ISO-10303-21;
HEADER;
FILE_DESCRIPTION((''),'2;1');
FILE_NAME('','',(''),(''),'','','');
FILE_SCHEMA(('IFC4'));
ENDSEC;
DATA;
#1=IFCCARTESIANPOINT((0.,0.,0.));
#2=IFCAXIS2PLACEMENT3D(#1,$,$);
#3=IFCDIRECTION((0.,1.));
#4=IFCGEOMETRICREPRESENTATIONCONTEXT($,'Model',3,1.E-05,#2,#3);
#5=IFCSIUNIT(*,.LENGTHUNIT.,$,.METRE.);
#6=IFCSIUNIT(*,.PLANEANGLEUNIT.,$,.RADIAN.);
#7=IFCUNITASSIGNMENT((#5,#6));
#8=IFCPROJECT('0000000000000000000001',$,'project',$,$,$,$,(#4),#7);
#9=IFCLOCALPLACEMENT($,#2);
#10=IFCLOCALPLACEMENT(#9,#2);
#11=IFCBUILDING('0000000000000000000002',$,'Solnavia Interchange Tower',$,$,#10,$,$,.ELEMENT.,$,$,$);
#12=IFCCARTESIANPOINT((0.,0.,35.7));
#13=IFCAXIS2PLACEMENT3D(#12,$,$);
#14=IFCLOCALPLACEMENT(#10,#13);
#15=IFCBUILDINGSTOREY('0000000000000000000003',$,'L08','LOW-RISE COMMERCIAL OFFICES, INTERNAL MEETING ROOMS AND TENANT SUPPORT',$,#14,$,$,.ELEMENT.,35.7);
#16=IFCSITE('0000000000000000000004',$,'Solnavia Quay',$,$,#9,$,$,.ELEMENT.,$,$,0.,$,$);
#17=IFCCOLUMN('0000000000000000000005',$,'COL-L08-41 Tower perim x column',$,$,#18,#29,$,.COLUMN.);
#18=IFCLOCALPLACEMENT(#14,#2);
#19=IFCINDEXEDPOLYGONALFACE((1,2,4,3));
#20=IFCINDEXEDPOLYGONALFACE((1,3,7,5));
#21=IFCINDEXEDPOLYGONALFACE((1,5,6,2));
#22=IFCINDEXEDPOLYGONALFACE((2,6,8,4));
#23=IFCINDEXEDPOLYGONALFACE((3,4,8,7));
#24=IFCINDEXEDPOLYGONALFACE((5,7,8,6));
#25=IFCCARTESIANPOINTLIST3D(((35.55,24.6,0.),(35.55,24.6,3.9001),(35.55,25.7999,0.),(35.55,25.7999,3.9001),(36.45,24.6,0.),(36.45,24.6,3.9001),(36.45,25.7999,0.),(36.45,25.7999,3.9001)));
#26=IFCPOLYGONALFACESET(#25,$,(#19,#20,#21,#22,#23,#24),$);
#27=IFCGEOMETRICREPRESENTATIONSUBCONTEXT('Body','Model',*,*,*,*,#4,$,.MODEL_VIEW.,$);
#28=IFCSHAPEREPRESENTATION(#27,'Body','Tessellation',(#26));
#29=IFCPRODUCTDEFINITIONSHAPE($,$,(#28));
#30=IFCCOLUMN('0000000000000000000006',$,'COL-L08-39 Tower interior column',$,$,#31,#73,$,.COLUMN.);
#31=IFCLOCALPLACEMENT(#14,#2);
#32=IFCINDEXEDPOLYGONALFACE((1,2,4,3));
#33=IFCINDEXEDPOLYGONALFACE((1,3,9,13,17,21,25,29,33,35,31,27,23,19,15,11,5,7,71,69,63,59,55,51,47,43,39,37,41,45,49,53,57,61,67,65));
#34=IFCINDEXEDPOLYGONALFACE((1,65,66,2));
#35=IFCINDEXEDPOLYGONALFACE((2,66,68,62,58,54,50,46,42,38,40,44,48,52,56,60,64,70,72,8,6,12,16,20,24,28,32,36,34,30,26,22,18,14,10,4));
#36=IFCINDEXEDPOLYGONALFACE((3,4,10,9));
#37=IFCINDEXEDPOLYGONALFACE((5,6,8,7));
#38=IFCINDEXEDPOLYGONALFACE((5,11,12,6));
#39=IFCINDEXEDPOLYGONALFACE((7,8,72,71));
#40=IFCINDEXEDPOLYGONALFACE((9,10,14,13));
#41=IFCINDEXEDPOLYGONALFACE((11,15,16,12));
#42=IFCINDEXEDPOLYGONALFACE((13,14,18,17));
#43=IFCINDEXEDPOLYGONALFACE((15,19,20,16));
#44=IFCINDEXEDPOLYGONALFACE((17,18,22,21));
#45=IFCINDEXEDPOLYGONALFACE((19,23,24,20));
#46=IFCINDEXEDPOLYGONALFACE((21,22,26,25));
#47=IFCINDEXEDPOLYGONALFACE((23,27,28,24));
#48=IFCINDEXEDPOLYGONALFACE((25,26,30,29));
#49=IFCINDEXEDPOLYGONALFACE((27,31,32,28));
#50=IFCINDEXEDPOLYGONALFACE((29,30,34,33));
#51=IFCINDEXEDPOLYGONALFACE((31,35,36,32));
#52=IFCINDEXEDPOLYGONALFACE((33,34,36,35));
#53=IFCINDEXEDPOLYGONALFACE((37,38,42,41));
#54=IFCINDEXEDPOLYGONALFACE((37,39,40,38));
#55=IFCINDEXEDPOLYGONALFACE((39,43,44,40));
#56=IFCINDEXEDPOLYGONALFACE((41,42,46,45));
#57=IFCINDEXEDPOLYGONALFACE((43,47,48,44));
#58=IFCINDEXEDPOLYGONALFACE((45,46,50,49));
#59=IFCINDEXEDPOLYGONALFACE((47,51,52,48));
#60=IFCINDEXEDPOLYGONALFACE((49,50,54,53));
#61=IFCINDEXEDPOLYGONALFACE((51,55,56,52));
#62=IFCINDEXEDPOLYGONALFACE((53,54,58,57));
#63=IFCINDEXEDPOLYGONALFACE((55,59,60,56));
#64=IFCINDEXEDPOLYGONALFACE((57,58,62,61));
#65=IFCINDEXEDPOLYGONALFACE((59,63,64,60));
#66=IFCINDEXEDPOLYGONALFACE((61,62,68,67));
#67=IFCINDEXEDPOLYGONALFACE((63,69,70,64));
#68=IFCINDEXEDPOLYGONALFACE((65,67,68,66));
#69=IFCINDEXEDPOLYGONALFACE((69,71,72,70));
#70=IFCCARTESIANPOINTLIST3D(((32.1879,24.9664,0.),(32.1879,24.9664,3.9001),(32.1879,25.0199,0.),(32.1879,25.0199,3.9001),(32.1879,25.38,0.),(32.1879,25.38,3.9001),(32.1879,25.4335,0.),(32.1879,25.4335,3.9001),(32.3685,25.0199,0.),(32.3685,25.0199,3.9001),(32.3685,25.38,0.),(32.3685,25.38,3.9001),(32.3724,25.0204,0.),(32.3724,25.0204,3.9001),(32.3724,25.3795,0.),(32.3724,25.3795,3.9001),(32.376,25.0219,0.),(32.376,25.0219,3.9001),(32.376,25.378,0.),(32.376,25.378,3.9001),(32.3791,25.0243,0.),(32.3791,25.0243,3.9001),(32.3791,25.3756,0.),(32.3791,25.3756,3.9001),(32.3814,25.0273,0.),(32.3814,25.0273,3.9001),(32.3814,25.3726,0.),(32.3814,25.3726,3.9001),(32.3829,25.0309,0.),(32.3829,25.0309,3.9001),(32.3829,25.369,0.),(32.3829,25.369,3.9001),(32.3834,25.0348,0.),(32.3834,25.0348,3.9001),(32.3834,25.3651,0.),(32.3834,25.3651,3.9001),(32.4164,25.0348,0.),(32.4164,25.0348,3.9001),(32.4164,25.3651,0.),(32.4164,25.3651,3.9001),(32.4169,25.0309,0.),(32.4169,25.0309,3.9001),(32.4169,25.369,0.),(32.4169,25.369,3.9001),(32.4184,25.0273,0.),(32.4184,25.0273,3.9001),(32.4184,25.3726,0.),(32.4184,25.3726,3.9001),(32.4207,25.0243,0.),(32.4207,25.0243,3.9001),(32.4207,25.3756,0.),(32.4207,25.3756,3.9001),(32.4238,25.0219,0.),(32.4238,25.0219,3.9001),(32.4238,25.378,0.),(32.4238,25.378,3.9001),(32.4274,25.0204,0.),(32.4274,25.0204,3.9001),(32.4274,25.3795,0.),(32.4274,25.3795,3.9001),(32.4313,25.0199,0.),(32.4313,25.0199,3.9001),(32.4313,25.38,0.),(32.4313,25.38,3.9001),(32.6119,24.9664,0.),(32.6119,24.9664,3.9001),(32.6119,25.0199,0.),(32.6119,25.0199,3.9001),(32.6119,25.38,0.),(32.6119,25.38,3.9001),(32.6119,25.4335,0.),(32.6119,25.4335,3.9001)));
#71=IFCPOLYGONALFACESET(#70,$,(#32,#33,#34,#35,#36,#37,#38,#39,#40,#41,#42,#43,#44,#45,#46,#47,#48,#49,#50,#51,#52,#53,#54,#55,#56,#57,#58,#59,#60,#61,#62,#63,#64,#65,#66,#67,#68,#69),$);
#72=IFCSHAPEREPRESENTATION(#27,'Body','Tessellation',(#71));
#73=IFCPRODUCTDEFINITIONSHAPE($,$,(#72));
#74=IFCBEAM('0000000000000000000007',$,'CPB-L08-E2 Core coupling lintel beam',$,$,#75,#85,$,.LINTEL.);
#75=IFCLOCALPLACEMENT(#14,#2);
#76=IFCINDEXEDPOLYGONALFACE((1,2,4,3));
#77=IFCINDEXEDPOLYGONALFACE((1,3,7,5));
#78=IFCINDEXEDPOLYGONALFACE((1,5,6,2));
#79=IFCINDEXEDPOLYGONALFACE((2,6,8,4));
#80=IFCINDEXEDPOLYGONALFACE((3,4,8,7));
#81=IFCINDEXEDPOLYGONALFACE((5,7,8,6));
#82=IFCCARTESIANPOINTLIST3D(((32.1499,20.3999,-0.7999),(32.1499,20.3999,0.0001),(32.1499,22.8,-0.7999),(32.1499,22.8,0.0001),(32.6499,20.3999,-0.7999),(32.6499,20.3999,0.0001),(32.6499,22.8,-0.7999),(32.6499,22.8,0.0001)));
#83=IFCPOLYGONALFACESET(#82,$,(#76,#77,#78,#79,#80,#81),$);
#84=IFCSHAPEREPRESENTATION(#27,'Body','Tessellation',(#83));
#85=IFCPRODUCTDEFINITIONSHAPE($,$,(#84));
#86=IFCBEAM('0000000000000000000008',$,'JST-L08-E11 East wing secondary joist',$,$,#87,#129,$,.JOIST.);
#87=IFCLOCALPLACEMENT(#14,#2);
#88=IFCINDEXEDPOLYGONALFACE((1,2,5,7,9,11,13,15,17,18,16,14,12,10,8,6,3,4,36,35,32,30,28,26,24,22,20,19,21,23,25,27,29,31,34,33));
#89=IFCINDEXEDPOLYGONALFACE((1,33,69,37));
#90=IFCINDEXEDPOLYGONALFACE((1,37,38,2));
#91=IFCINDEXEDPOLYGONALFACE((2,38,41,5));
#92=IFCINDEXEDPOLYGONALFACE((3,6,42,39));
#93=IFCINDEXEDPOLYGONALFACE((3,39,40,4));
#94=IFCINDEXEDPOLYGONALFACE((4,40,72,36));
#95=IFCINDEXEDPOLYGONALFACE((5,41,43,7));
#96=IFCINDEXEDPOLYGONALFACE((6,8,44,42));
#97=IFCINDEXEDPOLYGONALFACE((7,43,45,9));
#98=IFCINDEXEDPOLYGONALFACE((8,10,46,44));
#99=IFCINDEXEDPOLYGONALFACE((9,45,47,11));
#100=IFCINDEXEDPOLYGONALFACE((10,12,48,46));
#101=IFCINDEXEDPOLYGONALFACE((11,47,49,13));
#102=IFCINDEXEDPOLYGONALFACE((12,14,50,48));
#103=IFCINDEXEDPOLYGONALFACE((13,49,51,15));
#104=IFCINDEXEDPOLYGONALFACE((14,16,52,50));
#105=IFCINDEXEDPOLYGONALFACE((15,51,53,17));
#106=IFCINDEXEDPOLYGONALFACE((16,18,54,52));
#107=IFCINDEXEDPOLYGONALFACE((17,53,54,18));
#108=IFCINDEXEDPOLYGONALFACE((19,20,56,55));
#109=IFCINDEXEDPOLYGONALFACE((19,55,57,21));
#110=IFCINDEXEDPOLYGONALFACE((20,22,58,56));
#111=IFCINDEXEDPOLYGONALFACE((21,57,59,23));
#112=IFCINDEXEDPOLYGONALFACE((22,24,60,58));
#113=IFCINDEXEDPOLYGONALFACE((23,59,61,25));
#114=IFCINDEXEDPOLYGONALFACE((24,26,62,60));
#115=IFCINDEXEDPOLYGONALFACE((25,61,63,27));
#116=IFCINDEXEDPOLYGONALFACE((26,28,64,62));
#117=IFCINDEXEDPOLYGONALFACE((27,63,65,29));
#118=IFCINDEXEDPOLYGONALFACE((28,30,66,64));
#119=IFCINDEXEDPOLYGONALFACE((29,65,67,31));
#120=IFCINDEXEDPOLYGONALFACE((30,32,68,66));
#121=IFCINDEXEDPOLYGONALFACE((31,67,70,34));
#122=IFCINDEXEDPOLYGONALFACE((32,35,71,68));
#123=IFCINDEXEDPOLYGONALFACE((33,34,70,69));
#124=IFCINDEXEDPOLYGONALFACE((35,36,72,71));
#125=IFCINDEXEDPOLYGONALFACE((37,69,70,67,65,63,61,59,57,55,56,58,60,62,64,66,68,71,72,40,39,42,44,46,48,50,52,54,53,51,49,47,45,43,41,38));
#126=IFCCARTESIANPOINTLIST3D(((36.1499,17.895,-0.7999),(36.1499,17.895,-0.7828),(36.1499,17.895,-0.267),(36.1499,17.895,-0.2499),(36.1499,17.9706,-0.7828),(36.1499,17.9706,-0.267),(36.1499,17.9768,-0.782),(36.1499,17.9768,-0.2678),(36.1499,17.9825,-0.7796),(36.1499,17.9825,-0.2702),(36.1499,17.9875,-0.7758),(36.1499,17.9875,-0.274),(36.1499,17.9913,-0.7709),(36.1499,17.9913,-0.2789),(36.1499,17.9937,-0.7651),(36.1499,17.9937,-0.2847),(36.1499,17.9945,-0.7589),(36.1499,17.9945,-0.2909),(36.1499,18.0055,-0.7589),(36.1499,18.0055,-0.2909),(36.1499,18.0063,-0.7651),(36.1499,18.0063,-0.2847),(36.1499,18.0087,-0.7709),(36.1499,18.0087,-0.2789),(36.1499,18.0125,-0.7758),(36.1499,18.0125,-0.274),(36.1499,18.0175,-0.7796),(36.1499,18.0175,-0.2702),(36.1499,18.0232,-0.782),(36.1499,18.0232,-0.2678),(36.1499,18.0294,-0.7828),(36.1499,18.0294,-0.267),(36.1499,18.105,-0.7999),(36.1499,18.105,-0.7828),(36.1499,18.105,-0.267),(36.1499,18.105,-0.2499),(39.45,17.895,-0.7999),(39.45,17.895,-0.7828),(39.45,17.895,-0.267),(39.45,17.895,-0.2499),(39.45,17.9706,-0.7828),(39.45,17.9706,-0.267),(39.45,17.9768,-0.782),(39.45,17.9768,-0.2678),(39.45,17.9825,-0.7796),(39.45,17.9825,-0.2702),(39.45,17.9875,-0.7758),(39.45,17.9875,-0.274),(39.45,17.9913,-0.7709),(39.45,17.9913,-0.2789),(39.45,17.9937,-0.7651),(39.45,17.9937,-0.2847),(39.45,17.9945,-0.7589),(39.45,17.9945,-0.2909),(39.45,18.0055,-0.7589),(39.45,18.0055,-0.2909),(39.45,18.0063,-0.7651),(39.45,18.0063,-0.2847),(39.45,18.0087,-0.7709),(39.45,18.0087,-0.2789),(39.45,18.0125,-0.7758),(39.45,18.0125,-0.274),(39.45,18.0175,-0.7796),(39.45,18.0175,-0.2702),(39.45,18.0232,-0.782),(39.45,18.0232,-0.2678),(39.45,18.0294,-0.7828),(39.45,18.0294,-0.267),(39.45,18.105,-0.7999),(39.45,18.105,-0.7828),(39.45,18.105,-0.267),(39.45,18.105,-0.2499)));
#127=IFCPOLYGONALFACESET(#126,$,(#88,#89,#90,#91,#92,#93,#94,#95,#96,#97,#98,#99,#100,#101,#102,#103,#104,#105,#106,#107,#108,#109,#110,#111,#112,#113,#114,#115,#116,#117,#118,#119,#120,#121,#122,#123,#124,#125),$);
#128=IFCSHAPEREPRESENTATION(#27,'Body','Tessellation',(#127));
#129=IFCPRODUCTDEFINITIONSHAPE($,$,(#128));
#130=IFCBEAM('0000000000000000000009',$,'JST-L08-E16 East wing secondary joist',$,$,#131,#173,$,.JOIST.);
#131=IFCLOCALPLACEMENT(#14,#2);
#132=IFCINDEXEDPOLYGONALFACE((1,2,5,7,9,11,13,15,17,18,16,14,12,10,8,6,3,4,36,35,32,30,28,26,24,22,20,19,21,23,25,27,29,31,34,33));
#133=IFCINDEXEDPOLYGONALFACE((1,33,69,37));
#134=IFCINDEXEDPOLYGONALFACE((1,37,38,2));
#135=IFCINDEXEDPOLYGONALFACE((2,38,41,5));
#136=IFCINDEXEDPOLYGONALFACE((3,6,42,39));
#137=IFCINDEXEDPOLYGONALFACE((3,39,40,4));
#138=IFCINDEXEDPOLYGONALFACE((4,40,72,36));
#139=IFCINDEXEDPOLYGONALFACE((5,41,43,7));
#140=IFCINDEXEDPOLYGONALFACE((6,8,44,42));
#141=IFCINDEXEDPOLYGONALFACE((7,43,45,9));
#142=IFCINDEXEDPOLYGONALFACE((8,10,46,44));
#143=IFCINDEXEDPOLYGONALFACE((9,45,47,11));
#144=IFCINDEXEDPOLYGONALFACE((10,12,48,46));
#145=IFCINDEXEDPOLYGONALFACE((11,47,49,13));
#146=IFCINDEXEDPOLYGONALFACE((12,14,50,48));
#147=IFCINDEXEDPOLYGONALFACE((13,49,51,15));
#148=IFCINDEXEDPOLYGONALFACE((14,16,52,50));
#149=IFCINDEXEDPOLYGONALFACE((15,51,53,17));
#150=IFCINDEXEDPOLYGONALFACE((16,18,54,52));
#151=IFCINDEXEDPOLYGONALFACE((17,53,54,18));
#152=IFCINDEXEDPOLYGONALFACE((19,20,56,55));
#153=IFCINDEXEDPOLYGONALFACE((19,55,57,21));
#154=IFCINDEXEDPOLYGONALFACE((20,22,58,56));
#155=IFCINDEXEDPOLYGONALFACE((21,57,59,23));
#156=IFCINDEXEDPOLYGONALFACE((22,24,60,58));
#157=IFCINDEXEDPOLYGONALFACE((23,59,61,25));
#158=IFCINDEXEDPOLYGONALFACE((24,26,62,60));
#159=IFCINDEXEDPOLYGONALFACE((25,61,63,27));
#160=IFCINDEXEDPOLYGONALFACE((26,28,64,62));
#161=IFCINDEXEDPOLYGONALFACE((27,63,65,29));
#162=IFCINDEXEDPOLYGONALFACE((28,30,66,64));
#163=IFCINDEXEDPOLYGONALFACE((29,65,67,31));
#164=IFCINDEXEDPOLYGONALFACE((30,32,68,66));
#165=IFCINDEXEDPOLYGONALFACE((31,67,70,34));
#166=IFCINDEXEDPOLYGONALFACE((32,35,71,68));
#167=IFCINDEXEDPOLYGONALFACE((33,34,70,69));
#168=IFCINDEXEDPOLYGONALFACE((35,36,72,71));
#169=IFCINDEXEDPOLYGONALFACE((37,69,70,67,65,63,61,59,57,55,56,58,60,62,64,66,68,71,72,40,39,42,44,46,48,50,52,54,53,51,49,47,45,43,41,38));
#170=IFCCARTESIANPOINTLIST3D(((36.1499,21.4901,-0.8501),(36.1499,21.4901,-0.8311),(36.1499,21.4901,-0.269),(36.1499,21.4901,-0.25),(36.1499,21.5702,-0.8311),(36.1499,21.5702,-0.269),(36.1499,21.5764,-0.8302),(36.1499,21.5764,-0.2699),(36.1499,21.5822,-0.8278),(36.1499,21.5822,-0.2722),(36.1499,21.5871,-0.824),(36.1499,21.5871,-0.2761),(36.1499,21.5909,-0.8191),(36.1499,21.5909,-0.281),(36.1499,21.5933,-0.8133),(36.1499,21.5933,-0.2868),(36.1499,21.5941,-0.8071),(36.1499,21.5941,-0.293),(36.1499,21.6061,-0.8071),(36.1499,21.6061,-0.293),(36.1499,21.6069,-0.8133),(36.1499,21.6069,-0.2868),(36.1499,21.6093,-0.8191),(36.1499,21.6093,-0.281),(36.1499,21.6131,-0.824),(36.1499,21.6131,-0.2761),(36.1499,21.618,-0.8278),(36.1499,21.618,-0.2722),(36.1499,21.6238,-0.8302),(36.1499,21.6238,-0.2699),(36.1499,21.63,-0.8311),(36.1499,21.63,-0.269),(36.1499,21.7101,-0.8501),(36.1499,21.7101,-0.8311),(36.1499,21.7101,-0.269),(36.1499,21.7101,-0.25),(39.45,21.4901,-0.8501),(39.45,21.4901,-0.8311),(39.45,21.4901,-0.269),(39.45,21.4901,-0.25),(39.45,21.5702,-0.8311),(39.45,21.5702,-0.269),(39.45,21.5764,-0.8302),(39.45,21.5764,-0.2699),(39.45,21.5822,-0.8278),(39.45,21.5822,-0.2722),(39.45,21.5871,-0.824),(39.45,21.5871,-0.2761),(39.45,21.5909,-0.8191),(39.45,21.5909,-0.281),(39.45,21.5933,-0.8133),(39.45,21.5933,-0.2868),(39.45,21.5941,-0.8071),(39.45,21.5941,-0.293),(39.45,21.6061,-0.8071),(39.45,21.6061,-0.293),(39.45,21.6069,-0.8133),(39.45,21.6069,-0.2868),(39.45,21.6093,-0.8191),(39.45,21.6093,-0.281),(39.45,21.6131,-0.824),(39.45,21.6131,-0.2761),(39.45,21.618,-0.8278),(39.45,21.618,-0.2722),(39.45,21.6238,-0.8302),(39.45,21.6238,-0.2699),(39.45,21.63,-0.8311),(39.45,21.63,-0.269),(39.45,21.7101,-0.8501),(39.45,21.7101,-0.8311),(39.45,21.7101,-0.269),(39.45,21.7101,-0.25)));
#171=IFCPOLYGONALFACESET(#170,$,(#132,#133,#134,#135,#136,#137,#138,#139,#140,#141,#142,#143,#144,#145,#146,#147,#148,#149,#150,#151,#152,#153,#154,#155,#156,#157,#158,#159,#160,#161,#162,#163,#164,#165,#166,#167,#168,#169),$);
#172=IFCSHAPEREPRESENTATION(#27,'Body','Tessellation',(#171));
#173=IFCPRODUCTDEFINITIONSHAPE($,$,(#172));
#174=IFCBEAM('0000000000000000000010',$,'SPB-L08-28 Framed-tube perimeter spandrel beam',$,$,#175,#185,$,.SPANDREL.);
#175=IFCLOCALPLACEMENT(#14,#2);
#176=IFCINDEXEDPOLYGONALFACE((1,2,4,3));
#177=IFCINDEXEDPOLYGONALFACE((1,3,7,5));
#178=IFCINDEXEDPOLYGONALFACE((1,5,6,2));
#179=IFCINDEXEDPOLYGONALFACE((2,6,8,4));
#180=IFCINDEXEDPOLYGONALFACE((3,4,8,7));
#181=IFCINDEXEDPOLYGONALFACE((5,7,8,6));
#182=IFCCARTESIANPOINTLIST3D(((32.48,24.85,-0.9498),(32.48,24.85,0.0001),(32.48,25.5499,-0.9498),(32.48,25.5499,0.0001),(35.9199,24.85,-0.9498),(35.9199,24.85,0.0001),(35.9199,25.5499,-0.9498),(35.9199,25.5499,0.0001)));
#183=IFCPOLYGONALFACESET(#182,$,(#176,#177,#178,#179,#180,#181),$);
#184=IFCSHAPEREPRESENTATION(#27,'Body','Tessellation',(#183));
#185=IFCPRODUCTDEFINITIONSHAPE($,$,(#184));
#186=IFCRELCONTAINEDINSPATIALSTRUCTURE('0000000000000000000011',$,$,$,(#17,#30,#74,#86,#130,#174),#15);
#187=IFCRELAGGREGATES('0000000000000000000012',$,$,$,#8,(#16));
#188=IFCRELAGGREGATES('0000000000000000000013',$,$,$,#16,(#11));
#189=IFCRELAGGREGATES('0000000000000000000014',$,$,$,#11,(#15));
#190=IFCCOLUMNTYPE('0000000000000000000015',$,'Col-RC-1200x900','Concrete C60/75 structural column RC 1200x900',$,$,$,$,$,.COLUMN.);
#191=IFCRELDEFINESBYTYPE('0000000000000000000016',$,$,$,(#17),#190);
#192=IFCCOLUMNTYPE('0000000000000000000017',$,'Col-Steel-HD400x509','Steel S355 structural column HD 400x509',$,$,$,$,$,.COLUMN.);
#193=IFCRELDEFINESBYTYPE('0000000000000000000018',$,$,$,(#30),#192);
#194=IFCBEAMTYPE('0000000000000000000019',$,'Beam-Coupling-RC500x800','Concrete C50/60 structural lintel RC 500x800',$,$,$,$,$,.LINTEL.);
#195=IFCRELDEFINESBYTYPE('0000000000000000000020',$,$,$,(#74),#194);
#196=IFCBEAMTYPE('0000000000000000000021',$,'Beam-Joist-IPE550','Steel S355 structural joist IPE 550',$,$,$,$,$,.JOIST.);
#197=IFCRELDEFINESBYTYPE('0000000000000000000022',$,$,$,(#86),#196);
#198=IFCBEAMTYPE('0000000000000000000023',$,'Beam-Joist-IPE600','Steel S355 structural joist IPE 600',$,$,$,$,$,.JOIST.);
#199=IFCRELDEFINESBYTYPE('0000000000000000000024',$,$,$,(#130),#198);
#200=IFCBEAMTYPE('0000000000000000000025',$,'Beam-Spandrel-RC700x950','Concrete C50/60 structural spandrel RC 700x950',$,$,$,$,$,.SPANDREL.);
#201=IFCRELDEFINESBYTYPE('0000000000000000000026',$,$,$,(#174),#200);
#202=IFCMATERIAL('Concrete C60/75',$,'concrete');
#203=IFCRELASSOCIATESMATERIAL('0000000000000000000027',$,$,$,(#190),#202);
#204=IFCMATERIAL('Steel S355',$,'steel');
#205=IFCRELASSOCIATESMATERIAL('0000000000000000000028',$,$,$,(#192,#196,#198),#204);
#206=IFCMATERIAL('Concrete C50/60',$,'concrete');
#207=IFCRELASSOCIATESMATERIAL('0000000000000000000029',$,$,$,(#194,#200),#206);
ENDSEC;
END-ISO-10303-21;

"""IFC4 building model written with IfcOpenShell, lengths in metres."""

from ifc_helpers import new_model, si_unit, direction, frame, origin, origin_2d, place, context, subcontext, project, spatial, rectangle, i_section, extrude, material, material_profile, profile_set, type_object, element, save


model = new_model("IFC4")

# Units and contexts
model_context = context("Model", 3, precision=1e-05, world=origin(), true_north=direction((0.0, 1.0)))
body_context = subcontext(model_context, "Body", "Model", "MODEL_VIEW")
ifc_project = project(units=[si_unit("LENGTHUNIT", "METRE"), si_unit("PLANEANGLEUNIT", "RADIAN")], contexts=[model_context])

# Site, building, storey
site_placement = place(None, origin())
site = spatial("IfcSite", under=ifc_project, at=site_placement, Name="Solnavia Quay", CompositionType="ELEMENT", RefElevation=0.0)
building_placement = place(site_placement, origin())
building = spatial("IfcBuilding", under=site, at=building_placement, Name="Solnavia Interchange Tower", CompositionType="ELEMENT")
storey_placement = place(building_placement, frame((0.0, 0.0, 35.7)))
storey = spatial("IfcBuildingStorey", under=building, at=storey_placement, Name="L08", Description="LOW-RISE COMMERCIAL OFFICES, INTERNAL MEETING ROOMS AND TENANT SUPPORT", CompositionType="ELEMENT", Elevation=35.7)

# Columns
ifc_material_1 = material(Name="Concrete C60/75", Category="concrete")
ifc_material_profile_1 = material_profile(ifc_material_1, rectangle(XDim=0.8999, YDim=1.2, at=origin_2d()), Name="RC 1200x900")
ifc_profile_set_1 = profile_set([ifc_material_profile_1], Name="Concrete C60/75")
column_type_1 = type_object("IfcColumnType", Name="Col-RC-1200x900", Description="Concrete C60/75 structural column RC 1200x900", PredefinedType="COLUMN", material=ifc_profile_set_1)
column_1_placement = place(storey_placement, frame((36.0, 25.2, 0.0), z_axis=(0.0, 0.0, 1.0), x_axis=(1.0, 0.0, 0.0)))
element("IfcColumn", 1, at=column_1_placement, inside=storey, type_object=column_type_1, Name="COL-L08-41 Tower perim x column", PredefinedType="COLUMN", context=body_context, shape_type="SweptSolid", body=[
    extrude(rectangle(XDim=0.8999, YDim=1.2, at=origin_2d()), origin(), (0.0, 0.0, 1.0), 3.9001),
])
ifc_material_2 = material(Name="Steel S355", Category="steel")
ifc_material_profile_2 = material_profile(ifc_material_2, i_section(OverallWidth=0.4241, OverallDepth=0.467, WebThickness=0.033, FlangeThickness=0.0535, FilletRadius=0.0149, at=origin_2d()), Name="HD 400x509")
ifc_profile_set_2 = profile_set([ifc_material_profile_2], Name="Steel S355")
column_type_2 = type_object("IfcColumnType", Name="Col-Steel-HD400x509", Description="Steel S355 structural column HD 400x509", PredefinedType="COLUMN", material=ifc_profile_set_2)
column_2_placement = place(storey_placement, frame((32.3999, 25.2, 0.0), z_axis=(0.0, 0.0, 1.0), x_axis=(1.0, 0.0, 0.0)))
element("IfcColumn", 2, at=column_2_placement, inside=storey, type_object=column_type_2, Name="COL-L08-39 Tower interior column", PredefinedType="COLUMN", context=body_context, shape_type="SweptSolid", body=[
    extrude(i_section(OverallWidth=0.4241, OverallDepth=0.467, WebThickness=0.033, FlangeThickness=0.0535, FilletRadius=0.0149, at=origin_2d()), origin(), (0.0, 0.0, 1.0), 3.9001),
])

# Beams
ifc_material_3 = material(Name="Concrete C50/60", Category="concrete")
ifc_material_profile_3 = material_profile(ifc_material_3, rectangle(XDim=0.5, YDim=0.8, at=origin_2d()), Name="RC 500x800")
ifc_profile_set_3 = profile_set([ifc_material_profile_3], Name="Concrete C50/60")
beam_type_1 = type_object("IfcBeamType", Name="Beam-Coupling-RC500x800", Description="Concrete C50/60 structural lintel RC 500x800", PredefinedType="LINTEL", material=ifc_profile_set_3)
beam_1_placement = place(storey_placement, frame((32.3999, 20.3999, -0.3999), z_axis=(0.0, 1.0, 0.0), x_axis=(-1.0, 0.0, 0.0)))
element("IfcBeam", 3, at=beam_1_placement, inside=storey, type_object=beam_type_1, Name="CPB-L08-E2 Core coupling lintel beam", PredefinedType="LINTEL", context=body_context, shape_type="SweptSolid", body=[
    extrude(rectangle(XDim=0.5, YDim=0.8, at=origin_2d()), origin(), (0.0, 0.0, 1.0), 2.4001),
])
ifc_material_profile_4 = material_profile(ifc_material_2, i_section(OverallWidth=0.21, OverallDepth=0.55, WebThickness=0.011, FlangeThickness=0.0171, FilletRadius=0.0239, at=origin_2d()), Name="IPE 550")
ifc_profile_set_4 = profile_set([ifc_material_profile_4], Name="Steel S355")
beam_type_2 = type_object("IfcBeamType", Name="Beam-Joist-IPE550", Description="Steel S355 structural joist IPE 550", PredefinedType="JOIST", material=ifc_profile_set_4)
beam_2_placement = place(storey_placement, frame((36.1499, 18.0, -0.5249), z_axis=(1.0, 0.0, 0.0), x_axis=(0.0, 1.0, 0.0)))
element("IfcBeam", 4, at=beam_2_placement, inside=storey, type_object=beam_type_2, Name="JST-L08-E11 East wing secondary joist", PredefinedType="JOIST", context=body_context, shape_type="SweptSolid", body=[
    extrude(i_section(OverallWidth=0.21, OverallDepth=0.55, WebThickness=0.011, FlangeThickness=0.0171, FilletRadius=0.0239, at=origin_2d()), origin(), (0.0, 0.0, 1.0), 3.3),
])
ifc_material_profile_5 = material_profile(ifc_material_2, i_section(OverallWidth=0.22, OverallDepth=0.6001, WebThickness=0.012, FlangeThickness=0.019, FilletRadius=0.0239, at=origin_2d()), Name="IPE 600")
ifc_profile_set_5 = profile_set([ifc_material_profile_5], Name="Steel S355")
beam_type_3 = type_object("IfcBeamType", Name="Beam-Joist-IPE600", Description="Steel S355 structural joist IPE 600", PredefinedType="JOIST", material=ifc_profile_set_5)
beam_3_placement = place(storey_placement, frame((36.1499, 21.6001, -0.55), z_axis=(1.0, 0.0, 0.0), x_axis=(0.0, 1.0, 0.0)))
element("IfcBeam", 5, at=beam_3_placement, inside=storey, type_object=beam_type_3, Name="JST-L08-E16 East wing secondary joist", PredefinedType="JOIST", context=body_context, shape_type="SweptSolid", body=[
    extrude(i_section(OverallWidth=0.22, OverallDepth=0.6001, WebThickness=0.012, FlangeThickness=0.019, FilletRadius=0.0239, at=origin_2d()), origin(), (0.0, 0.0, 1.0), 3.3),
])
ifc_material_profile_6 = material_profile(ifc_material_3, rectangle(XDim=0.7, YDim=0.95, at=origin_2d()), Name="RC 700x950")
ifc_profile_set_6 = profile_set([ifc_material_profile_6], Name="Concrete C50/60")
beam_type_4 = type_object("IfcBeamType", Name="Beam-Spandrel-RC700x950", Description="Concrete C50/60 structural spandrel RC 700x950", PredefinedType="SPANDREL", material=ifc_profile_set_6)
beam_4_placement = place(storey_placement, frame((35.9199, 25.2, -0.4749), z_axis=(-1.0, 0.0, 0.0), x_axis=(0.0, -1.0, 0.0)))
element("IfcBeam", 6, at=beam_4_placement, inside=storey, type_object=beam_type_4, Name="SPB-L08-28 Framed-tube perimeter spandrel beam", PredefinedType="SPANDREL", context=body_context, shape_type="SweptSolid", body=[
    extrude(rectangle(XDim=0.7, YDim=0.95, at=origin_2d()), origin(), (0.0, 0.0, 1.0), 3.4399),
])

save(model, "model.ifc")
